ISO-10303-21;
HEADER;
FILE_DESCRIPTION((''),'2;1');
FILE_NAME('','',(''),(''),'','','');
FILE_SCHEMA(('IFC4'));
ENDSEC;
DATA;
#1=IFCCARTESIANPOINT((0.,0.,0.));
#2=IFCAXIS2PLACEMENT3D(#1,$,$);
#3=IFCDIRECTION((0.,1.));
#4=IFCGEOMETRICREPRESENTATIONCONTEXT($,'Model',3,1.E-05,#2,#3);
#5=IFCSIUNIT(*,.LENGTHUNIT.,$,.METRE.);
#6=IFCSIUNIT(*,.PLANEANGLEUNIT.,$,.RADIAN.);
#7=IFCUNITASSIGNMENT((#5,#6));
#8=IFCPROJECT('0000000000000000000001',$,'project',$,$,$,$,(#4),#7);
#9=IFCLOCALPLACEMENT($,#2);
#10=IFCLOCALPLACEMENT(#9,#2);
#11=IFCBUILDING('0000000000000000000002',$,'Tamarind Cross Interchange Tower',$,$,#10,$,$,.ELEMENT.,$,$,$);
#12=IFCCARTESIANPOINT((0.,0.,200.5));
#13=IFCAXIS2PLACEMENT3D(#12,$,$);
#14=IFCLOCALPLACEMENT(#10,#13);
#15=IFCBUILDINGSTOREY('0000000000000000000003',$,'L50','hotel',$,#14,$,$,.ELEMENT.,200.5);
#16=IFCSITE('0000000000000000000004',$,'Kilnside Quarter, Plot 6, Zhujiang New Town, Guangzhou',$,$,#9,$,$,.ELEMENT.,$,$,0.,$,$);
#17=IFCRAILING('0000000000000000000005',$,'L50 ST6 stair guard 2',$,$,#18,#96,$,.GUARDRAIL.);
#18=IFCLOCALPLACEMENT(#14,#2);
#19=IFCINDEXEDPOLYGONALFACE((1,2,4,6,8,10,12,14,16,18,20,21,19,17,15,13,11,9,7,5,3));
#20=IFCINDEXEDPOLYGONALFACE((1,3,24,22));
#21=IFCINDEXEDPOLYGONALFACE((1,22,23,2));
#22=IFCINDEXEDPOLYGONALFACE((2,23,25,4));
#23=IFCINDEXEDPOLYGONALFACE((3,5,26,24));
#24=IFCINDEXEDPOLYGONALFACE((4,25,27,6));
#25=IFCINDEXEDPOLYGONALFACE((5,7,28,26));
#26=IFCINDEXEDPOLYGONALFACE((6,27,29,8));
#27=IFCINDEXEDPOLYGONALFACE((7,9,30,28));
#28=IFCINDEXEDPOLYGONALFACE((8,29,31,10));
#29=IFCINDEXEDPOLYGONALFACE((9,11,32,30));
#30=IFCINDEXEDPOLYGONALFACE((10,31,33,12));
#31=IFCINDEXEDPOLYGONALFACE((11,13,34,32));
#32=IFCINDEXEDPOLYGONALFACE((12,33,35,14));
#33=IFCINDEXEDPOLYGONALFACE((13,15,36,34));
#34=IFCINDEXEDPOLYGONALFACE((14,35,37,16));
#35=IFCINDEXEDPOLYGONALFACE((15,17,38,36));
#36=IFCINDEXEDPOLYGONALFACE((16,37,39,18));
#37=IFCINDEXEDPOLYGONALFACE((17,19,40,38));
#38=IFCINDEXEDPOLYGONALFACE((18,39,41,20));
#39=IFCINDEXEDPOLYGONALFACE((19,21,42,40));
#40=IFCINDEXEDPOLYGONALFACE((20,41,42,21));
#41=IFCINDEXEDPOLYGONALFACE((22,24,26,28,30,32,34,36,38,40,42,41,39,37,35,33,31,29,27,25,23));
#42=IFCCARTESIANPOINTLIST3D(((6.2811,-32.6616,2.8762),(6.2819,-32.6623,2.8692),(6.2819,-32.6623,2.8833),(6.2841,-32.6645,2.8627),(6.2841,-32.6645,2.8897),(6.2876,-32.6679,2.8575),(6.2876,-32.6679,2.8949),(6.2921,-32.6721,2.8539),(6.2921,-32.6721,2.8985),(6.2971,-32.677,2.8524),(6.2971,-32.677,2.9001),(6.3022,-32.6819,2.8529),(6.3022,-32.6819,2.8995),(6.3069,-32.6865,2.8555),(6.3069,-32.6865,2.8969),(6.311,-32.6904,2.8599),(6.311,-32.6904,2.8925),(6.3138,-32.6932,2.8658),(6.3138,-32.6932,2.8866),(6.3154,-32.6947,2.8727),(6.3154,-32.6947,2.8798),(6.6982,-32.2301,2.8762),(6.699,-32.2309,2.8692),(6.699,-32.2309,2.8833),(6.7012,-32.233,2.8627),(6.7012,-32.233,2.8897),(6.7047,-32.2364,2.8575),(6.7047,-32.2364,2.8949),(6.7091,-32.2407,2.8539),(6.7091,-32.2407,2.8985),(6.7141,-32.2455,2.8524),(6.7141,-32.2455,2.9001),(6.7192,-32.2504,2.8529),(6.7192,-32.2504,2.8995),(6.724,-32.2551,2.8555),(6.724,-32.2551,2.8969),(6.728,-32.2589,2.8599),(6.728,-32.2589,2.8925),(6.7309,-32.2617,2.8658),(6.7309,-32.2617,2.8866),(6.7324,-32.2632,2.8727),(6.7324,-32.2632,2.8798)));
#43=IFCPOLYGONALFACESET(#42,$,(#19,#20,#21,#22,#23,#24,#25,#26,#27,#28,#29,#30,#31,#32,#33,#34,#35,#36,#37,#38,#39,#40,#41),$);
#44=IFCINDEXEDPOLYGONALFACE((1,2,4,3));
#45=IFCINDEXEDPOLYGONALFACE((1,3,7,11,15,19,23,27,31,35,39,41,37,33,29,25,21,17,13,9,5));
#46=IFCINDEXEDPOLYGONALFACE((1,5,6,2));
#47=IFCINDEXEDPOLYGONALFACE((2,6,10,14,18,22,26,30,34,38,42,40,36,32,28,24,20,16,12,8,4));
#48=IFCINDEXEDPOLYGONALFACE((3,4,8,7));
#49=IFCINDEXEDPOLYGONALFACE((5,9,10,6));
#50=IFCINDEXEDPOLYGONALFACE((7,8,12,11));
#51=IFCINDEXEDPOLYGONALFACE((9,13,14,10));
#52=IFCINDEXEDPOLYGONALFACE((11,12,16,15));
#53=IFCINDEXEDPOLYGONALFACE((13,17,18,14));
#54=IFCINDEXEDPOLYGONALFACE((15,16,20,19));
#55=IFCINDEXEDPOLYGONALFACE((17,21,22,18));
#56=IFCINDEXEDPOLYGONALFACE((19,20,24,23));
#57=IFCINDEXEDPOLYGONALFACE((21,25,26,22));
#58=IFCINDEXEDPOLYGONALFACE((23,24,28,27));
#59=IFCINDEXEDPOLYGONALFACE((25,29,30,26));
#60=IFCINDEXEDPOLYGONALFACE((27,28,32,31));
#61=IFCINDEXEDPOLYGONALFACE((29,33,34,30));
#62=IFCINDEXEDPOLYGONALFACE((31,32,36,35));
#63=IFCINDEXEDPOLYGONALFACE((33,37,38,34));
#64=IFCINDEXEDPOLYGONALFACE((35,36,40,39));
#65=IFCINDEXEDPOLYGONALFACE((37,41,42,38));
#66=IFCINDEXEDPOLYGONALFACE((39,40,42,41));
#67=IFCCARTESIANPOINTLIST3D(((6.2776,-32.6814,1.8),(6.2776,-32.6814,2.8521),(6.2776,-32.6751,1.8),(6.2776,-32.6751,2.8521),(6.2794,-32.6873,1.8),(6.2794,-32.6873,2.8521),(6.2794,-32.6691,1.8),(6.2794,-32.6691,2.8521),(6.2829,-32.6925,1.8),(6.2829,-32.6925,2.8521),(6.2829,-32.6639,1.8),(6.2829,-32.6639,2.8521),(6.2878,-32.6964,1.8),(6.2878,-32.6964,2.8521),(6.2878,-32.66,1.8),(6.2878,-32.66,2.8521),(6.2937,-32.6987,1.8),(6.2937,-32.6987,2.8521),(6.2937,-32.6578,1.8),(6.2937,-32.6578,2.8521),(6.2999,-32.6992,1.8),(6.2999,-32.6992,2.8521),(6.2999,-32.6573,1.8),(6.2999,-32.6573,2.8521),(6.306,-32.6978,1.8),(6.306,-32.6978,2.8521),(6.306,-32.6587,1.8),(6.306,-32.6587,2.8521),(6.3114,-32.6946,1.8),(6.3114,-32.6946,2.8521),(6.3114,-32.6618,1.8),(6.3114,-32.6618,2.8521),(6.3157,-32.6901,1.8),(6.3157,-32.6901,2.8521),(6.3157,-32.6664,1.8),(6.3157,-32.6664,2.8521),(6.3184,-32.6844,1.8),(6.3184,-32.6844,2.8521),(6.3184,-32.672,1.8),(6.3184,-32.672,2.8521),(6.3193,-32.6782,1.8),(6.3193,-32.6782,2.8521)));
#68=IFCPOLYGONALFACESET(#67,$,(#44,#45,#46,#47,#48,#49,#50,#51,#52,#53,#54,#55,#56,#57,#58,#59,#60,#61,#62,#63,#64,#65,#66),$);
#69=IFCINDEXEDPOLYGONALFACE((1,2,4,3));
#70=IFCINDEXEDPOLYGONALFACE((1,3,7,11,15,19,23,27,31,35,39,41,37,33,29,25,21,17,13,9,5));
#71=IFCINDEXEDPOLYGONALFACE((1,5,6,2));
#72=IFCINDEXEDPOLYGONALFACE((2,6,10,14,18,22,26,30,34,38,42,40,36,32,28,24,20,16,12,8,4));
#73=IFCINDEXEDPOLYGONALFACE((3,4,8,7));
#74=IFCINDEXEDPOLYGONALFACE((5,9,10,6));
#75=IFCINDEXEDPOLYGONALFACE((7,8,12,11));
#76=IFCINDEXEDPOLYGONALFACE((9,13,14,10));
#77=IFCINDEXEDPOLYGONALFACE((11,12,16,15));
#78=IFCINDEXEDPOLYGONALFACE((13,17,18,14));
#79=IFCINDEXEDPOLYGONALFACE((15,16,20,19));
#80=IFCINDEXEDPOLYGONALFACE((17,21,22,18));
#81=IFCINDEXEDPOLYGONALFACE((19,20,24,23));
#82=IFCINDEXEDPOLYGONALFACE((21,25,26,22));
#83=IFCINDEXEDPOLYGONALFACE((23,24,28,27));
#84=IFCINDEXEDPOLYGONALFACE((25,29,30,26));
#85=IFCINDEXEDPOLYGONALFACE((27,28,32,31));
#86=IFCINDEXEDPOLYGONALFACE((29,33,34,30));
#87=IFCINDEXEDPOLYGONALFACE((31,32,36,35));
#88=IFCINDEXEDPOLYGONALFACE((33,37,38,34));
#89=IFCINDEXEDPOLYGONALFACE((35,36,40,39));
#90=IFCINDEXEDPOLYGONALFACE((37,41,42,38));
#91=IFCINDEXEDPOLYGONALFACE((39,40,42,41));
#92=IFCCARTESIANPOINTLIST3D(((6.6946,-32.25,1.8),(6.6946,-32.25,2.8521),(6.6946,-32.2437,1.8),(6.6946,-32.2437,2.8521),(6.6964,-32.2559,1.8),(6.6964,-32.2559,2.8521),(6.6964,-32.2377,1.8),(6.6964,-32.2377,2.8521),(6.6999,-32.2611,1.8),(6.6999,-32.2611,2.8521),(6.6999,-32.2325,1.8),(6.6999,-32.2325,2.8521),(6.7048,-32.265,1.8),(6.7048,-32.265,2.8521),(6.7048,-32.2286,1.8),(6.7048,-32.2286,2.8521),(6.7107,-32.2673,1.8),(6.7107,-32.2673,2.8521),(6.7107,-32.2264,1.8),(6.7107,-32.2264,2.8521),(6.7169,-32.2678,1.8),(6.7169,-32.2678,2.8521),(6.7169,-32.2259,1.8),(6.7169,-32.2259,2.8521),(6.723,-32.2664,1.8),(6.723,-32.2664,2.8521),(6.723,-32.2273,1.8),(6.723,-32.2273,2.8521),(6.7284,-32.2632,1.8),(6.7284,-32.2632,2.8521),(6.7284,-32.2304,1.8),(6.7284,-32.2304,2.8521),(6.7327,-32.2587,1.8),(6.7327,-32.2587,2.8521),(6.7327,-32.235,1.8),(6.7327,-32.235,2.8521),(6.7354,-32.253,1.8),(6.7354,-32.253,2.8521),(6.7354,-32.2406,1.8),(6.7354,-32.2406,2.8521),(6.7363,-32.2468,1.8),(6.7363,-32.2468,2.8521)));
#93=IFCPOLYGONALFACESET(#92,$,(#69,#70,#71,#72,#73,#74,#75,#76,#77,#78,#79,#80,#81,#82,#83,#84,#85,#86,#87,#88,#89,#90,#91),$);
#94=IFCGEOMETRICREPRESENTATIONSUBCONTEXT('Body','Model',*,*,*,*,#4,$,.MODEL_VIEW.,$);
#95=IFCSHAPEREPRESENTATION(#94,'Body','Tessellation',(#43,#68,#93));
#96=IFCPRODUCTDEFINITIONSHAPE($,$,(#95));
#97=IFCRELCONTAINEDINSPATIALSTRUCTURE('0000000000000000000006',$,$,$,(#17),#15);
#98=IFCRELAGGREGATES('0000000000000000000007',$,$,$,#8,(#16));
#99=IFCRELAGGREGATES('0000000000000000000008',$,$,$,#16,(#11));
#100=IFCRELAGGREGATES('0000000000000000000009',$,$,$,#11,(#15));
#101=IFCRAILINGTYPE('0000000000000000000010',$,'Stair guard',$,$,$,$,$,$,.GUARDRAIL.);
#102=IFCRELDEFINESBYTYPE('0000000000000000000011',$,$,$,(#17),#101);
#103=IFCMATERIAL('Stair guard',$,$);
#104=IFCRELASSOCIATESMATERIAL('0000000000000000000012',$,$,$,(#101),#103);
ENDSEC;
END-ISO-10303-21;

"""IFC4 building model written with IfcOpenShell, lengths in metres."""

from ifc_helpers import new_model, si_unit, direction, frame, origin, origin_2d, place, context, subcontext, project, spatial, circle, extrude, material, type_object, element, save


model = new_model("IFC4")

# Units and contexts
model_context = context("Model", 3, precision=1e-05, world=origin(), true_north=direction((0.0, 1.0)))
body_context = subcontext(model_context, "Body", "Model", "MODEL_VIEW")
ifc_project = project(units=[si_unit("LENGTHUNIT", "METRE"), si_unit("PLANEANGLEUNIT", "RADIAN")], contexts=[model_context])

# Site, building, storey
site_placement = place(None, origin())
site = spatial("IfcSite", under=ifc_project, at=site_placement, Name="Kilnside Quarter, Plot 6, Zhujiang New Town, Guangzhou", CompositionType="ELEMENT", RefElevation=0.0)
building_placement = place(site_placement, origin())
building = spatial("IfcBuilding", under=site, at=building_placement, Name="Tamarind Cross Interchange Tower", CompositionType="ELEMENT")
storey_placement = place(building_placement, frame((0.0, 0.0, 200.5)))
storey = spatial("IfcBuildingStorey", under=building, at=storey_placement, Name="L50", Description="hotel", CompositionType="ELEMENT", Elevation=200.5)

# Railing
ifc_material_1 = material(Name="Stair guard")
railing_type_1 = type_object("IfcRailingType", Name="Stair guard", PredefinedType="GUARDRAIL", material=ifc_material_1)
railing_1_placement = place(storey_placement, frame((6.2983, -32.6782, 1.8)))
element("IfcRailing", 1, at=railing_1_placement, inside=storey, type_object=railing_type_1, Name="L50 ST6 stair guard 2", PredefinedType="GUARDRAIL", context=body_context, shape_type="SweptSolid", body=[
    extrude(circle(Radius=0.0239, at=origin_2d()), frame((0.0, 0.0, 1.0762), z_axis=(0.695001, 0.719009, 0.0), x_axis=(-0.719009, 0.695001, 0.0)), (0.0, 0.0, 1.0), 0.6001),
    extrude(circle(Radius=0.021, at=origin_2d()), origin(), (0.0, 0.0, 1.0), 1.052),
    extrude(circle(Radius=0.021, at=origin_2d()), frame((0.417, 0.4314, 0.0)), (0.0, 0.0, 1.0), 1.052),
])

save(model, "model.ifc")
